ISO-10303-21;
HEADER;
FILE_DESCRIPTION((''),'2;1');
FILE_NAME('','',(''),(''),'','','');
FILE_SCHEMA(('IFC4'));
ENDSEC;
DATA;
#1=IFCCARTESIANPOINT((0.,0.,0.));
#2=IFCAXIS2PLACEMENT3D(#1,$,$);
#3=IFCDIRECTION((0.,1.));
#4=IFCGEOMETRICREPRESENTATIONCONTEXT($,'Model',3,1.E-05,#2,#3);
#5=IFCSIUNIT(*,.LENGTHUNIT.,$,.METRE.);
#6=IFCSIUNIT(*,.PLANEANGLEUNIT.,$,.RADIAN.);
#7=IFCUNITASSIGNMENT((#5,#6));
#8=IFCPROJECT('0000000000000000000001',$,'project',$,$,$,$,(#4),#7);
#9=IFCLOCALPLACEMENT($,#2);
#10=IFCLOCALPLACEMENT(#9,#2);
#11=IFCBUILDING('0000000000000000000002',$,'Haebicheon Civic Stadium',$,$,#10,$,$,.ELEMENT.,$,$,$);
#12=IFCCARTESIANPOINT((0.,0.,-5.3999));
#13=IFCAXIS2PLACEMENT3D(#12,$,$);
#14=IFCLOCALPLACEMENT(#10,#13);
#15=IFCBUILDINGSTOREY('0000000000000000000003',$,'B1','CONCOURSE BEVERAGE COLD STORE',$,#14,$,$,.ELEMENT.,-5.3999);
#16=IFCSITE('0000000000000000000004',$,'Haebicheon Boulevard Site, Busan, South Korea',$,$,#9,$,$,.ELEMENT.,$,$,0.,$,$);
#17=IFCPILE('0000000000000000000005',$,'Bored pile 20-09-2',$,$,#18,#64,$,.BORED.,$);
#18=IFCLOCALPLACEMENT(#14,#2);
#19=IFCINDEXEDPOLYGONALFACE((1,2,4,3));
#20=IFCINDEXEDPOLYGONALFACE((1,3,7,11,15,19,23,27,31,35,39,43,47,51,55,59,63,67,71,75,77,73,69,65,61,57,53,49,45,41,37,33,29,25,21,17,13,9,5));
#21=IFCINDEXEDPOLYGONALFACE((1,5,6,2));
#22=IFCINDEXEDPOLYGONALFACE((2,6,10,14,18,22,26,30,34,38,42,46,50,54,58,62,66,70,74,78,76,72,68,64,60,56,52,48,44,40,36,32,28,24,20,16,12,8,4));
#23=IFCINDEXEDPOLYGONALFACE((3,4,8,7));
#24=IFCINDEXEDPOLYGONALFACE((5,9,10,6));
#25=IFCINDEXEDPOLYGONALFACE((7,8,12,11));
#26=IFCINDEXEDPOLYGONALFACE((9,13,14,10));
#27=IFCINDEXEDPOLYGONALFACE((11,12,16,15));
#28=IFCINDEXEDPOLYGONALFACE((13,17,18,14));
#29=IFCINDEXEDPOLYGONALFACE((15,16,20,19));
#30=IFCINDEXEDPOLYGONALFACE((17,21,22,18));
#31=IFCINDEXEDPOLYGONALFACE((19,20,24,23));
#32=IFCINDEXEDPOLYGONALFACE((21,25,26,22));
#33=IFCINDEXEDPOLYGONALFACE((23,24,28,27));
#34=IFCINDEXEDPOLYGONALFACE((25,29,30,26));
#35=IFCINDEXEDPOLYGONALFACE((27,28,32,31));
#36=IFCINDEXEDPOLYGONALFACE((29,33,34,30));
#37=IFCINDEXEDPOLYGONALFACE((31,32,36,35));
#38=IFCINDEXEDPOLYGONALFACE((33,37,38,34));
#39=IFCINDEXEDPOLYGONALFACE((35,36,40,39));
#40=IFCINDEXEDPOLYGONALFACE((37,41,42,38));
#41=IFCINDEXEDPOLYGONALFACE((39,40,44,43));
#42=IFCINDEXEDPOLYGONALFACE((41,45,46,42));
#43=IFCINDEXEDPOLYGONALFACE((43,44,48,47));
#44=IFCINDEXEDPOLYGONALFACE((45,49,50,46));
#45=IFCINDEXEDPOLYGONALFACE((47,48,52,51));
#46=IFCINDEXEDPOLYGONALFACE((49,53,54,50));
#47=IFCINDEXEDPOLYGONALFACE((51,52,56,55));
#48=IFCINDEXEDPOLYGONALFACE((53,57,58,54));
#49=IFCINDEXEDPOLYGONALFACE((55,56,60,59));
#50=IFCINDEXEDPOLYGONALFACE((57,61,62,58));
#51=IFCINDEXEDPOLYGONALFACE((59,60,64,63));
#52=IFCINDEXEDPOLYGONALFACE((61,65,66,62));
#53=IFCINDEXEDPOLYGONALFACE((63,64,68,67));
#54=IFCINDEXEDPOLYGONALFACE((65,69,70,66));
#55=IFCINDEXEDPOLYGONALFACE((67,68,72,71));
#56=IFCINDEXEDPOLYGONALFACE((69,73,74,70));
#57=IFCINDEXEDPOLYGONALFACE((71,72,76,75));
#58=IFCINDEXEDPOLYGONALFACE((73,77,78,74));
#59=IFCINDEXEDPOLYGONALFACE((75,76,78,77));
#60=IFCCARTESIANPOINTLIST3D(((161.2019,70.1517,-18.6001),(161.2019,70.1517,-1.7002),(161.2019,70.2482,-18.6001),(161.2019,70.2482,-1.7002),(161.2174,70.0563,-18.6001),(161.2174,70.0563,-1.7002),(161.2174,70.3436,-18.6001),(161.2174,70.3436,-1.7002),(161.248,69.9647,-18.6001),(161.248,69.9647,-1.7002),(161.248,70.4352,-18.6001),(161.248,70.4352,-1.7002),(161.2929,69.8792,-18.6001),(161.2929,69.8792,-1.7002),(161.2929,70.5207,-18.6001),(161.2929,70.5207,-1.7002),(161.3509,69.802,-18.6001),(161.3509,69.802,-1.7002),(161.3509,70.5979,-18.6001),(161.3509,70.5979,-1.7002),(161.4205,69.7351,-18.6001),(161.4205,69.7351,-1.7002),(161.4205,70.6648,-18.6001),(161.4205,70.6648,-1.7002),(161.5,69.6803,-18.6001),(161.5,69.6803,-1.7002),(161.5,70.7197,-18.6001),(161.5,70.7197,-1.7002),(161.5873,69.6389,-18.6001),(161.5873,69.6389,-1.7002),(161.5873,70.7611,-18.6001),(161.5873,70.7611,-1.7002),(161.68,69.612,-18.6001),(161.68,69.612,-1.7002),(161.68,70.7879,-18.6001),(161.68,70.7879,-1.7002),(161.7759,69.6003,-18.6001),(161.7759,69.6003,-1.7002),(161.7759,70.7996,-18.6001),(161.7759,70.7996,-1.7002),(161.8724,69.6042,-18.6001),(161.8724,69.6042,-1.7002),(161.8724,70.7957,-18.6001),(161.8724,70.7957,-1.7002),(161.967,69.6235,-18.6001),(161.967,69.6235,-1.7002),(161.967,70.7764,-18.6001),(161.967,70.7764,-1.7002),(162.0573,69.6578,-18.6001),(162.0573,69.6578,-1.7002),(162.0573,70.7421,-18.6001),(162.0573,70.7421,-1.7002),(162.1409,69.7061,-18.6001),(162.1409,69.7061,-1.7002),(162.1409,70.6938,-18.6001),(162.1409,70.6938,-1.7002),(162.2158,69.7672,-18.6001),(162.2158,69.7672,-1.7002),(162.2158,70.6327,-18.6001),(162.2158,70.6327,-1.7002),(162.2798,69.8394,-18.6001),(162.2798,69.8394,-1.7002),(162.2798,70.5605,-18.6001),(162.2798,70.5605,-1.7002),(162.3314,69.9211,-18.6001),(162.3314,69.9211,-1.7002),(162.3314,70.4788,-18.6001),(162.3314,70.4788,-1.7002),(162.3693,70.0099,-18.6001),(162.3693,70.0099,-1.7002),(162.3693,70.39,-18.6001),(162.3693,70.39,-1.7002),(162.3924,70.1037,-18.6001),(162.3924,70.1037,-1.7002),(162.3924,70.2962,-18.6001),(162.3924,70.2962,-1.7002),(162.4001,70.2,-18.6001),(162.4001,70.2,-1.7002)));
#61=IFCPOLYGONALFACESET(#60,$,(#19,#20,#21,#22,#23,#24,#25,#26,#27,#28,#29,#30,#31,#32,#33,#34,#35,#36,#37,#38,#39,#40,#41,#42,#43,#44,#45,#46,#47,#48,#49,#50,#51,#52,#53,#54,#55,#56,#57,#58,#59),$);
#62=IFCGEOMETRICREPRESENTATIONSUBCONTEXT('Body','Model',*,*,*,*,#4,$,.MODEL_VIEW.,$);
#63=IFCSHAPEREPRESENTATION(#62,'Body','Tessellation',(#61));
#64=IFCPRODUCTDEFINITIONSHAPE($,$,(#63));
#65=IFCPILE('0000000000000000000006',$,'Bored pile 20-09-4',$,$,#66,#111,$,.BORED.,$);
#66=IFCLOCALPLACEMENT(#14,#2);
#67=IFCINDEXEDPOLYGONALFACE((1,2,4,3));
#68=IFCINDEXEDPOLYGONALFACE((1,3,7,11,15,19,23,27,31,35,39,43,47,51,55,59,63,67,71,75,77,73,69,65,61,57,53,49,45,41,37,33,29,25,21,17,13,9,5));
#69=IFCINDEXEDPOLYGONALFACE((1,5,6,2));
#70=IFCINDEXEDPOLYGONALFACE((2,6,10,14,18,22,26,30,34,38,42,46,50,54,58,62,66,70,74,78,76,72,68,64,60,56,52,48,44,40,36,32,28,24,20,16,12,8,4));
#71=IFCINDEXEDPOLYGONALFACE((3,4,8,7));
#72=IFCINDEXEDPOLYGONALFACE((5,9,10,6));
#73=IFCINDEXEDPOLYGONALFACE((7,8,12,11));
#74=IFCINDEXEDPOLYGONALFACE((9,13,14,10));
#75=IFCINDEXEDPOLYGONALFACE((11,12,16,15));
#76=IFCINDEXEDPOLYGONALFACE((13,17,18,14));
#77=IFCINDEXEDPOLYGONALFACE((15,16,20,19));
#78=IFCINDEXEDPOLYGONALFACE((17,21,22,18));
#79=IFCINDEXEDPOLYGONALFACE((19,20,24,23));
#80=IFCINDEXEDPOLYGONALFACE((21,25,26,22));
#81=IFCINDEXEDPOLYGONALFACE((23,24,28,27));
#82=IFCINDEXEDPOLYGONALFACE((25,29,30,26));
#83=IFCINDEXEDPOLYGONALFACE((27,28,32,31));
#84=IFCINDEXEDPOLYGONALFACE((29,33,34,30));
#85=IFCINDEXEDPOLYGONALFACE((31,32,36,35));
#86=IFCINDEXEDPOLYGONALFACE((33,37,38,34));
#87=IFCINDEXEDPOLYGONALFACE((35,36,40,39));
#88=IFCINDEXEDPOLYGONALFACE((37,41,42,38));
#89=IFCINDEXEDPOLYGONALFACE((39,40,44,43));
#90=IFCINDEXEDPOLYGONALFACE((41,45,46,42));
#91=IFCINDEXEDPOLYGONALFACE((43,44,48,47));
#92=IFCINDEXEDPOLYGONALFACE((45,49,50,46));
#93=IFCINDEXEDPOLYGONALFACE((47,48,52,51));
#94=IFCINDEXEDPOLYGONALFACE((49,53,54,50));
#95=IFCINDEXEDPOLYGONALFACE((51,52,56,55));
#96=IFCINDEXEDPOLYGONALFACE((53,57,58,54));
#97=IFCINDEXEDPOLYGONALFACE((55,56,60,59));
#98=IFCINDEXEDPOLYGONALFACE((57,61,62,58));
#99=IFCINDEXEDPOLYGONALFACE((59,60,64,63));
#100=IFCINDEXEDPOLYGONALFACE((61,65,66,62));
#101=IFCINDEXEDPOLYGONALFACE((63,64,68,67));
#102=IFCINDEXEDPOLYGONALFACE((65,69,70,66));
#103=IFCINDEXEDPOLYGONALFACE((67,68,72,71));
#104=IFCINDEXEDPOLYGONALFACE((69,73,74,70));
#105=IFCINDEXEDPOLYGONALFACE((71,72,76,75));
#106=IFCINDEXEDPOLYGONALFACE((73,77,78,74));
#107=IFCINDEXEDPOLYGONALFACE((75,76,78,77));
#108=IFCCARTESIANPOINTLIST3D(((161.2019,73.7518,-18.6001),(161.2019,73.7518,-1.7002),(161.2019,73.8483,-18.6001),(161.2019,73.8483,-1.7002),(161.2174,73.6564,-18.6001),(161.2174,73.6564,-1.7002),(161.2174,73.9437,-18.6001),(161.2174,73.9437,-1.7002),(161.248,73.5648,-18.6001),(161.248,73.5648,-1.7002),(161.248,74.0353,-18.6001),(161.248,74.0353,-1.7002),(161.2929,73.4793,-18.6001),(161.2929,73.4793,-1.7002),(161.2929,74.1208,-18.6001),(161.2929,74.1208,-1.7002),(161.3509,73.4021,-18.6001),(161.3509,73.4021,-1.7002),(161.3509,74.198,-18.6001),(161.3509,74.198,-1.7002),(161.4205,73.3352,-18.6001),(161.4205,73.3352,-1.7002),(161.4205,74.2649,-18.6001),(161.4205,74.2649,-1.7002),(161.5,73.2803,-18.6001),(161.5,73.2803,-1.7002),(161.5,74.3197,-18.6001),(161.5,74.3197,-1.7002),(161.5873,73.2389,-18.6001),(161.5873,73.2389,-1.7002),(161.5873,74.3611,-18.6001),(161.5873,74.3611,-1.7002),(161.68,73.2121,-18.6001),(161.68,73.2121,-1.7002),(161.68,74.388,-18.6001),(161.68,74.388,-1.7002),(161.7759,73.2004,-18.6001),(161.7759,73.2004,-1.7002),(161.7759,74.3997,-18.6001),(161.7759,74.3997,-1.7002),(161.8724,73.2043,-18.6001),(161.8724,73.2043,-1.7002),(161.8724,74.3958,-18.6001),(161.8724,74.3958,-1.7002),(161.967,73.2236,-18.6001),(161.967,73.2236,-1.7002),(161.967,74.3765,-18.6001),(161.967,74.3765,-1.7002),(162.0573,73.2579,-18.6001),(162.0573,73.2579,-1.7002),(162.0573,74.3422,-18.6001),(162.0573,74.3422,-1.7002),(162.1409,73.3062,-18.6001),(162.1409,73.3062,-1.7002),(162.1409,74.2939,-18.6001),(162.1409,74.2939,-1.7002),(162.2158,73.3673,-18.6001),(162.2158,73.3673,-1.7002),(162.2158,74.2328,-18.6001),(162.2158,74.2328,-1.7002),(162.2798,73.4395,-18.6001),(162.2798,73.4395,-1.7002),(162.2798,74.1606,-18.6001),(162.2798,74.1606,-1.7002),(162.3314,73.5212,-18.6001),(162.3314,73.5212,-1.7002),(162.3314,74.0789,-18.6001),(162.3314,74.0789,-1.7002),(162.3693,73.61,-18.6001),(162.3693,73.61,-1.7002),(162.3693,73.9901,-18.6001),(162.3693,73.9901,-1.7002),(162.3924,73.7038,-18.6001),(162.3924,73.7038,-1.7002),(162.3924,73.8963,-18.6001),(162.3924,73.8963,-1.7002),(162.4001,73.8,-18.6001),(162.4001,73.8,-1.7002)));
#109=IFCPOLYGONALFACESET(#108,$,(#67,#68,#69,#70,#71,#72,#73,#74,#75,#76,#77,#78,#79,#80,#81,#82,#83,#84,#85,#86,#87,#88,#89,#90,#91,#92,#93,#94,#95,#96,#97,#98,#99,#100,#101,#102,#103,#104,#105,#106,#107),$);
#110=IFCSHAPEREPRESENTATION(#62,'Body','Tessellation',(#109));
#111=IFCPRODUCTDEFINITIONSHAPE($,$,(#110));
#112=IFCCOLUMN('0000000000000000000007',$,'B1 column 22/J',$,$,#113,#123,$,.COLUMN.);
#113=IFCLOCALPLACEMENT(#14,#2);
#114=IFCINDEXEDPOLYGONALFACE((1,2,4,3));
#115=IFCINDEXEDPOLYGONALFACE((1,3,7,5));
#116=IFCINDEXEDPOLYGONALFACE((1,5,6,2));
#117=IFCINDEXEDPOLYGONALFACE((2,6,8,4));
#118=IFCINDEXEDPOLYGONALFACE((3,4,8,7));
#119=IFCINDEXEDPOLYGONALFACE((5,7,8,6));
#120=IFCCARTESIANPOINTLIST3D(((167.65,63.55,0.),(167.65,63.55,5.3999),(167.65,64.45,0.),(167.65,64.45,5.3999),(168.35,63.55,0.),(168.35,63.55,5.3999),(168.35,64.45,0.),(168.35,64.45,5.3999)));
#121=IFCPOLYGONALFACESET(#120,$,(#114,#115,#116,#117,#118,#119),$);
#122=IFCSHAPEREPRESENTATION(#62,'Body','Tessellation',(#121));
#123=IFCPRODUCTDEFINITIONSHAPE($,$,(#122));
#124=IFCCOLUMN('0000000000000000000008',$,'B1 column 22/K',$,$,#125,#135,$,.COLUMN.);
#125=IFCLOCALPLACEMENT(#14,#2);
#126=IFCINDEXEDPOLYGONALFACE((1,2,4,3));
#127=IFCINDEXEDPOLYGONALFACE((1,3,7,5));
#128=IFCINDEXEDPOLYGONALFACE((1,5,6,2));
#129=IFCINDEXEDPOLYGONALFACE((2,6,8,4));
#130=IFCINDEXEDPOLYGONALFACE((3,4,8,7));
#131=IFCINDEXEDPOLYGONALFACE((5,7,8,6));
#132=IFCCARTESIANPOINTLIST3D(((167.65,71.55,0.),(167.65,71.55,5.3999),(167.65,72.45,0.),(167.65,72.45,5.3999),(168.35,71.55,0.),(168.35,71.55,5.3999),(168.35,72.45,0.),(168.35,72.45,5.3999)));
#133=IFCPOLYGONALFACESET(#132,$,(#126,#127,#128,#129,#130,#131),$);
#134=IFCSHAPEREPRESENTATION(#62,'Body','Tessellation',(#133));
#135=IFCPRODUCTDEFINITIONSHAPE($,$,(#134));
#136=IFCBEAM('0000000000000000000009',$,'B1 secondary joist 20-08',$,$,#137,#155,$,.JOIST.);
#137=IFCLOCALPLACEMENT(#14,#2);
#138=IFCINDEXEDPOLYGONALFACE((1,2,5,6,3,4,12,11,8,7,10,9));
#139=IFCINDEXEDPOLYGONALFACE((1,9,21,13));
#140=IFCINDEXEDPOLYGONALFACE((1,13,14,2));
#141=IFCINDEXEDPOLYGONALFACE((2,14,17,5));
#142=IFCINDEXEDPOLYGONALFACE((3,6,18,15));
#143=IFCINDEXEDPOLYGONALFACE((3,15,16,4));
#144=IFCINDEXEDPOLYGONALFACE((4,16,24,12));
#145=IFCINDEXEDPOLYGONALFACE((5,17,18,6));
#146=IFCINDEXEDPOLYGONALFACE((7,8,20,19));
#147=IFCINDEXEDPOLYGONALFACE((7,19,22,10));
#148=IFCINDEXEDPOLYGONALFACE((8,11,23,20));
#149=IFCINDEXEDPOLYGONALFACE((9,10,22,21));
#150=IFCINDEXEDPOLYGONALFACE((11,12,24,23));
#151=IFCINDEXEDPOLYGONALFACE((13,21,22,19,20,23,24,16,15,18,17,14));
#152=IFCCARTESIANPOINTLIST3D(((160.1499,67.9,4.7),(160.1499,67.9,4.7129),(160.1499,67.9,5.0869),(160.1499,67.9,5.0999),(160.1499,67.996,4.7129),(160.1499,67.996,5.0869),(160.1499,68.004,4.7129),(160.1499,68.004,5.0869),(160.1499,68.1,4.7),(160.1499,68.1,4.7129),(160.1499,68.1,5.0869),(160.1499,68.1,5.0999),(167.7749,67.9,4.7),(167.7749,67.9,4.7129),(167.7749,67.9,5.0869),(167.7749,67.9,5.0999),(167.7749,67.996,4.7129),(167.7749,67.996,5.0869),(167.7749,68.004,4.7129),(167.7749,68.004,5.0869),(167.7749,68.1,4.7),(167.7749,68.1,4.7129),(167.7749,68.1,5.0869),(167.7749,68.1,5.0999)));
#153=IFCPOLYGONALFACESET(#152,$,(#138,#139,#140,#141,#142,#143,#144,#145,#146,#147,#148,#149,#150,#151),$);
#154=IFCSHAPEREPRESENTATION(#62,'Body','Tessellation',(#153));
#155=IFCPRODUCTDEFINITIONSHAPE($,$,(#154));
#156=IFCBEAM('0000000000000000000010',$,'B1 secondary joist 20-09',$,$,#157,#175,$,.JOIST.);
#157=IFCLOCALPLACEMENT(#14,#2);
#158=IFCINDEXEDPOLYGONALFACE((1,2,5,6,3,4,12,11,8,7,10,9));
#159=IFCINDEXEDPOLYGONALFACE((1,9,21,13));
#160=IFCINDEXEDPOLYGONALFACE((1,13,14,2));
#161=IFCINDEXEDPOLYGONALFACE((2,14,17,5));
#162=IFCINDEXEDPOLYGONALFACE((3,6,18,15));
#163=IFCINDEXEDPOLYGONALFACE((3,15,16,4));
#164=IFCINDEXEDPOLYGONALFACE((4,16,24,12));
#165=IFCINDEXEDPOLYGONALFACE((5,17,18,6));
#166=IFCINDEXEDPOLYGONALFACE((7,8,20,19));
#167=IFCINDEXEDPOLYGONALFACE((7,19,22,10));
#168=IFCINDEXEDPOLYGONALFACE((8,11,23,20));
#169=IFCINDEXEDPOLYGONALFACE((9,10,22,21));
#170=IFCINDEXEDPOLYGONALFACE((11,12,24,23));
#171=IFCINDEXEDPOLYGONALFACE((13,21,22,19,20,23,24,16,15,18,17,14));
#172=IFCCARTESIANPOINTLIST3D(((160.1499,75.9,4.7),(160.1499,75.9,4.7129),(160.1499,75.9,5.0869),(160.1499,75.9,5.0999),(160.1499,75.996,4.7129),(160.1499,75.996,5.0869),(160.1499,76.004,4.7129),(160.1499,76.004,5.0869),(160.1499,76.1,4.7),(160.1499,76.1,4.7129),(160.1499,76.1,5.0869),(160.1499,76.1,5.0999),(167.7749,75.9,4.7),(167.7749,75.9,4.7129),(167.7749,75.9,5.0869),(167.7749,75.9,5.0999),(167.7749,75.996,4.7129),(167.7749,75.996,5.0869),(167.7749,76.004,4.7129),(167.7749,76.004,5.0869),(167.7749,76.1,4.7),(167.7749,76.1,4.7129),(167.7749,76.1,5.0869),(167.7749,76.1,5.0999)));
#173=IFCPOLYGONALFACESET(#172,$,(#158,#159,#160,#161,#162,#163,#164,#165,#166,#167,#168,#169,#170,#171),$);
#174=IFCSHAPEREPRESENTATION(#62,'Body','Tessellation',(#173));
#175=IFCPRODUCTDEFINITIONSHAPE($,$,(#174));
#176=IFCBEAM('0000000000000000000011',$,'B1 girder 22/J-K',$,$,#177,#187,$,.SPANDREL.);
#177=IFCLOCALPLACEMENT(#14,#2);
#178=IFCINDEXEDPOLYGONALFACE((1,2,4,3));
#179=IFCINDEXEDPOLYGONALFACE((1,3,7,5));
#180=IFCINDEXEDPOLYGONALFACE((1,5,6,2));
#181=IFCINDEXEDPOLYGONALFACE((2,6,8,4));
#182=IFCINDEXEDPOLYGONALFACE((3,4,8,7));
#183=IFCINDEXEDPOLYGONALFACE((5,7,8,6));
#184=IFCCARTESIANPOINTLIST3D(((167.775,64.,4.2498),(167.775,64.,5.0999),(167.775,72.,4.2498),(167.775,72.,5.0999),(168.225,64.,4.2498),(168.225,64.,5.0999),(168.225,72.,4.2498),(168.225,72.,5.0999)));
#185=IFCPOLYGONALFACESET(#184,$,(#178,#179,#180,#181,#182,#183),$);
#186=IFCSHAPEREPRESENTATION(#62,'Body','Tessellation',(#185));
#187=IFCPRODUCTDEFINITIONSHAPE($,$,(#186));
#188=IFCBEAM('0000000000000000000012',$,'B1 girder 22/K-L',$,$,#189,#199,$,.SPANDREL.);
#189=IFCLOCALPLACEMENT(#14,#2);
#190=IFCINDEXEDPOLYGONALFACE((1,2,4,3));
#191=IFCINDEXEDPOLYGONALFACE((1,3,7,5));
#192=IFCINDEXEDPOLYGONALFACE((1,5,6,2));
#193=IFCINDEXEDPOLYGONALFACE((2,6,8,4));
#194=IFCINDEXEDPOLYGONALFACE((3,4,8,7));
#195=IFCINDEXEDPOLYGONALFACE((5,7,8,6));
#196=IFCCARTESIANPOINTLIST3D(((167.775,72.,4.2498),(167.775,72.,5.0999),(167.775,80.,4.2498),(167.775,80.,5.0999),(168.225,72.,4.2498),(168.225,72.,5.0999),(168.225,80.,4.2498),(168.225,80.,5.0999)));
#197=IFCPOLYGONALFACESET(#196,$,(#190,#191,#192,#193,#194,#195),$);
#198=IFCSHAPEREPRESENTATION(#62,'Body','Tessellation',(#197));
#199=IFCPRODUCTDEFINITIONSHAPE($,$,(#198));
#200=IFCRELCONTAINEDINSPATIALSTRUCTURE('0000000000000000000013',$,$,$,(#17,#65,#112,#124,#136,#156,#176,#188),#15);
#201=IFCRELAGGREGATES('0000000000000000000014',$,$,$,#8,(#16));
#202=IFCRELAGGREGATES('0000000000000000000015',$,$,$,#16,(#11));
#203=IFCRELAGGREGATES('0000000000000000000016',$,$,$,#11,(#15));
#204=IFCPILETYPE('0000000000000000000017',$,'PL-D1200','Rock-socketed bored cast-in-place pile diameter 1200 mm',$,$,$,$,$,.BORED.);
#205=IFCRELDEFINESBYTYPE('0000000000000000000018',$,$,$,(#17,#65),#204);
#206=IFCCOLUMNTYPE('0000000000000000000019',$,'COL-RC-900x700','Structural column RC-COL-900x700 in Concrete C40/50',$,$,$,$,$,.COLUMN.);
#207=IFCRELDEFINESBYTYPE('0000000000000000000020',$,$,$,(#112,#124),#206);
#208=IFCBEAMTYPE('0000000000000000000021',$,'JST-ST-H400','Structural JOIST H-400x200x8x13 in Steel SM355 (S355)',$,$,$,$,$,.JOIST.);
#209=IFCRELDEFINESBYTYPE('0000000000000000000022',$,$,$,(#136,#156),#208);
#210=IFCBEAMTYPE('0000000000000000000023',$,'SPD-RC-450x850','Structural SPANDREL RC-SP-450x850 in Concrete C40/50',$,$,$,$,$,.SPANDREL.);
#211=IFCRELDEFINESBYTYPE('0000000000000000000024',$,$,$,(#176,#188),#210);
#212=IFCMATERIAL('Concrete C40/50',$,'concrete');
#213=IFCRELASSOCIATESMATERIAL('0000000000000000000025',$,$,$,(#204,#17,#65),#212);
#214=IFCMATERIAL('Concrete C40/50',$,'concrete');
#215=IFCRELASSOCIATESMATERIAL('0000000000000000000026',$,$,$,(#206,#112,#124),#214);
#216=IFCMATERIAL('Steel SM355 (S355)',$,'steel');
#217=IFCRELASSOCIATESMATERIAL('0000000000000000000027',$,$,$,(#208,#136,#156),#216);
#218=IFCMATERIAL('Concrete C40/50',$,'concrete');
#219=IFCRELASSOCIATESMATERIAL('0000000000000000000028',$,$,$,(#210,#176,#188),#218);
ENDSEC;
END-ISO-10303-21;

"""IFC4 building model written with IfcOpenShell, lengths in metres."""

from ifc_helpers import new_model, si_unit, direction, frame, origin, origin_2d, place, context, subcontext, project, spatial, rectangle, circle, i_section, extrude, material, material_profile, profile_set, type_object, element, save


model = new_model("IFC4")

# Units and contexts
model_context = context("Model", 3, precision=1e-05, world=origin(), true_north=direction((0.0, 1.0)))
body_context = subcontext(model_context, "Body", "Model", "MODEL_VIEW")
ifc_project = project(units=[si_unit("LENGTHUNIT", "METRE"), si_unit("PLANEANGLEUNIT", "RADIAN")], contexts=[model_context])

# Site, building, storey
site_placement = place(None, origin())
site = spatial("IfcSite", under=ifc_project, at=site_placement, Name="Haebicheon Boulevard Site, Busan, South Korea", CompositionType="ELEMENT", RefElevation=0.0)
building_placement = place(site_placement, origin())
building = spatial("IfcBuilding", under=site, at=building_placement, Name="Haebicheon Civic Stadium", CompositionType="ELEMENT")
storey_placement = place(building_placement, frame((0.0, 0.0, -5.3999)))
storey = spatial("IfcBuildingStorey", under=building, at=storey_placement, Name="B1", Description="CONCOURSE BEVERAGE COLD STORE", CompositionType="ELEMENT", Elevation=-5.3999)

# Piles
ifc_material_1 = material(Name="Concrete C40/50", Category="concrete")
ifc_material_profile_1 = material_profile(ifc_material_1, circle(Radius=0.6001, at=origin_2d()), Name="PILE-D1200")
ifc_profile_set_1 = profile_set([ifc_material_profile_1], Name="Concrete C40/50")
pile_type_1 = type_object("IfcPileType", Name="PL-D1200", Description="Rock-socketed bored cast-in-place pile diameter 1200 mm", PredefinedType="BORED", material=ifc_profile_set_1)
for number, where, z_axis, x_axis, name in (
    (1, (161.8, 70.2, -1.7002), (0.0, 0.0, -1.0), (1.0, 0.0, 0.0), "Bored pile 20-09-2"),
    (2, (161.8, 73.8, -1.7002), (0.0, 0.0, -1.0), (1.0, 0.0, 0.0), "Bored pile 20-09-4"),
):
    element("IfcPile", number, at=place(storey_placement, frame(where, z_axis=z_axis, x_axis=x_axis)), inside=storey, type_object=pile_type_1, material=ifc_profile_set_1, Name=name, PredefinedType="BORED", context=body_context, shape_type="SweptSolid", body=[
        extrude(circle(Radius=0.6001, at=origin_2d()), origin(), (0.0, 0.0, 1.0), 16.8999),
    ])

# Columns
ifc_material_2 = material(Name="Concrete C40/50", Category="concrete")
ifc_material_profile_2 = material_profile(ifc_material_2, rectangle(XDim=0.7, YDim=0.8999, at=origin_2d()), Name="RC-COL-900x700")
ifc_profile_set_2 = profile_set([ifc_material_profile_2], Name="Concrete C40/50")
column_type = type_object("IfcColumnType", Name="COL-RC-900x700", Description="Structural column RC-COL-900x700 in Concrete C40/50", PredefinedType="COLUMN", material=ifc_profile_set_2)
for number, where, z_axis, x_axis, name in (
    (3, (168.0, 64.0, 0.0), (0.0, 0.0, 1.0), (1.0, 0.0, 0.0), "B1 column 22/J"),
    (4, (168.0, 72.0, 0.0), (0.0, 0.0, 1.0), (1.0, 0.0, 0.0), "B1 column 22/K"),
):
    element("IfcColumn", number, at=place(storey_placement, frame(where, z_axis=z_axis, x_axis=x_axis)), inside=storey, type_object=column_type, material=ifc_profile_set_2, Name=name, PredefinedType="COLUMN", context=body_context, shape_type="SweptSolid", body=[
        extrude(rectangle(XDim=0.7, YDim=0.8999, at=origin_2d()), origin(), (0.0, 0.0, 1.0), 5.3999),
    ])

# Beams
ifc_material_3 = material(Name="Steel SM355 (S355)", Category="steel")
ifc_material_profile_3 = material_profile(ifc_material_3, i_section(OverallWidth=0.2, OverallDepth=0.3999, WebThickness=0.0081, FlangeThickness=0.0129, at=origin_2d()), Name="H-400x200x8x13")
ifc_profile_set_3 = profile_set([ifc_material_profile_3], Name="Steel SM355 (S355)")
beam_type_1 = type_object("IfcBeamType", Name="JST-ST-H400", Description="Structural JOIST H-400x200x8x13 in Steel SM355 (S355)", PredefinedType="JOIST", material=ifc_profile_set_3)
for number, where, z_axis, x_axis, name in (
    (5, (160.1499, 68.0, 4.8999), (1.0, 0.0, 0.0), (0.0, 1.0, 0.0), "B1 secondary joist 20-08"),
    (6, (160.1499, 76.0, 4.8999), (1.0, 0.0, 0.0), (0.0, 1.0, 0.0), "B1 secondary joist 20-09"),
):
    element("IfcBeam", number, at=place(storey_placement, frame(where, z_axis=z_axis, x_axis=x_axis)), inside=storey, type_object=beam_type_1, material=ifc_profile_set_3, Name=name, PredefinedType="JOIST", context=body_context, shape_type="SweptSolid", body=[
        extrude(i_section(OverallWidth=0.2, OverallDepth=0.3999, WebThickness=0.0081, FlangeThickness=0.0129, at=origin_2d()), origin(), (0.0, 0.0, 1.0), 7.625),
    ])
ifc_material_4 = material(Name="Concrete C40/50", Category="concrete")
ifc_material_profile_4 = material_profile(ifc_material_4, rectangle(XDim=0.45, YDim=0.8501, at=origin_2d()), Name="RC-SP-450x850")
ifc_profile_set_4 = profile_set([ifc_material_profile_4], Name="Concrete C40/50")
beam_type_2 = type_object("IfcBeamType", Name="SPD-RC-450x850", Description="Structural SPANDREL RC-SP-450x850 in Concrete C40/50", PredefinedType="SPANDREL", material=ifc_profile_set_4)
for number, where, z_axis, x_axis, name in (
    (7, (168.0, 64.0, 4.6748), (0.0, 1.0, 0.0), (-1.0, 0.0, 0.0), "B1 girder 22/J-K"),
    (8, (168.0, 72.0, 4.6748), (0.0, 1.0, 0.0), (-1.0, 0.0, 0.0), "B1 girder 22/K-L"),
):
    element("IfcBeam", number, at=place(storey_placement, frame(where, z_axis=z_axis, x_axis=x_axis)), inside=storey, type_object=beam_type_2, material=ifc_profile_set_4, Name=name, PredefinedType="SPANDREL", context=body_context, shape_type="SweptSolid", body=[
        extrude(rectangle(XDim=0.45, YDim=0.8501, at=origin_2d()), origin(), (0.0, 0.0, 1.0), 8.0),
    ])

save(model, "model.ifc")
